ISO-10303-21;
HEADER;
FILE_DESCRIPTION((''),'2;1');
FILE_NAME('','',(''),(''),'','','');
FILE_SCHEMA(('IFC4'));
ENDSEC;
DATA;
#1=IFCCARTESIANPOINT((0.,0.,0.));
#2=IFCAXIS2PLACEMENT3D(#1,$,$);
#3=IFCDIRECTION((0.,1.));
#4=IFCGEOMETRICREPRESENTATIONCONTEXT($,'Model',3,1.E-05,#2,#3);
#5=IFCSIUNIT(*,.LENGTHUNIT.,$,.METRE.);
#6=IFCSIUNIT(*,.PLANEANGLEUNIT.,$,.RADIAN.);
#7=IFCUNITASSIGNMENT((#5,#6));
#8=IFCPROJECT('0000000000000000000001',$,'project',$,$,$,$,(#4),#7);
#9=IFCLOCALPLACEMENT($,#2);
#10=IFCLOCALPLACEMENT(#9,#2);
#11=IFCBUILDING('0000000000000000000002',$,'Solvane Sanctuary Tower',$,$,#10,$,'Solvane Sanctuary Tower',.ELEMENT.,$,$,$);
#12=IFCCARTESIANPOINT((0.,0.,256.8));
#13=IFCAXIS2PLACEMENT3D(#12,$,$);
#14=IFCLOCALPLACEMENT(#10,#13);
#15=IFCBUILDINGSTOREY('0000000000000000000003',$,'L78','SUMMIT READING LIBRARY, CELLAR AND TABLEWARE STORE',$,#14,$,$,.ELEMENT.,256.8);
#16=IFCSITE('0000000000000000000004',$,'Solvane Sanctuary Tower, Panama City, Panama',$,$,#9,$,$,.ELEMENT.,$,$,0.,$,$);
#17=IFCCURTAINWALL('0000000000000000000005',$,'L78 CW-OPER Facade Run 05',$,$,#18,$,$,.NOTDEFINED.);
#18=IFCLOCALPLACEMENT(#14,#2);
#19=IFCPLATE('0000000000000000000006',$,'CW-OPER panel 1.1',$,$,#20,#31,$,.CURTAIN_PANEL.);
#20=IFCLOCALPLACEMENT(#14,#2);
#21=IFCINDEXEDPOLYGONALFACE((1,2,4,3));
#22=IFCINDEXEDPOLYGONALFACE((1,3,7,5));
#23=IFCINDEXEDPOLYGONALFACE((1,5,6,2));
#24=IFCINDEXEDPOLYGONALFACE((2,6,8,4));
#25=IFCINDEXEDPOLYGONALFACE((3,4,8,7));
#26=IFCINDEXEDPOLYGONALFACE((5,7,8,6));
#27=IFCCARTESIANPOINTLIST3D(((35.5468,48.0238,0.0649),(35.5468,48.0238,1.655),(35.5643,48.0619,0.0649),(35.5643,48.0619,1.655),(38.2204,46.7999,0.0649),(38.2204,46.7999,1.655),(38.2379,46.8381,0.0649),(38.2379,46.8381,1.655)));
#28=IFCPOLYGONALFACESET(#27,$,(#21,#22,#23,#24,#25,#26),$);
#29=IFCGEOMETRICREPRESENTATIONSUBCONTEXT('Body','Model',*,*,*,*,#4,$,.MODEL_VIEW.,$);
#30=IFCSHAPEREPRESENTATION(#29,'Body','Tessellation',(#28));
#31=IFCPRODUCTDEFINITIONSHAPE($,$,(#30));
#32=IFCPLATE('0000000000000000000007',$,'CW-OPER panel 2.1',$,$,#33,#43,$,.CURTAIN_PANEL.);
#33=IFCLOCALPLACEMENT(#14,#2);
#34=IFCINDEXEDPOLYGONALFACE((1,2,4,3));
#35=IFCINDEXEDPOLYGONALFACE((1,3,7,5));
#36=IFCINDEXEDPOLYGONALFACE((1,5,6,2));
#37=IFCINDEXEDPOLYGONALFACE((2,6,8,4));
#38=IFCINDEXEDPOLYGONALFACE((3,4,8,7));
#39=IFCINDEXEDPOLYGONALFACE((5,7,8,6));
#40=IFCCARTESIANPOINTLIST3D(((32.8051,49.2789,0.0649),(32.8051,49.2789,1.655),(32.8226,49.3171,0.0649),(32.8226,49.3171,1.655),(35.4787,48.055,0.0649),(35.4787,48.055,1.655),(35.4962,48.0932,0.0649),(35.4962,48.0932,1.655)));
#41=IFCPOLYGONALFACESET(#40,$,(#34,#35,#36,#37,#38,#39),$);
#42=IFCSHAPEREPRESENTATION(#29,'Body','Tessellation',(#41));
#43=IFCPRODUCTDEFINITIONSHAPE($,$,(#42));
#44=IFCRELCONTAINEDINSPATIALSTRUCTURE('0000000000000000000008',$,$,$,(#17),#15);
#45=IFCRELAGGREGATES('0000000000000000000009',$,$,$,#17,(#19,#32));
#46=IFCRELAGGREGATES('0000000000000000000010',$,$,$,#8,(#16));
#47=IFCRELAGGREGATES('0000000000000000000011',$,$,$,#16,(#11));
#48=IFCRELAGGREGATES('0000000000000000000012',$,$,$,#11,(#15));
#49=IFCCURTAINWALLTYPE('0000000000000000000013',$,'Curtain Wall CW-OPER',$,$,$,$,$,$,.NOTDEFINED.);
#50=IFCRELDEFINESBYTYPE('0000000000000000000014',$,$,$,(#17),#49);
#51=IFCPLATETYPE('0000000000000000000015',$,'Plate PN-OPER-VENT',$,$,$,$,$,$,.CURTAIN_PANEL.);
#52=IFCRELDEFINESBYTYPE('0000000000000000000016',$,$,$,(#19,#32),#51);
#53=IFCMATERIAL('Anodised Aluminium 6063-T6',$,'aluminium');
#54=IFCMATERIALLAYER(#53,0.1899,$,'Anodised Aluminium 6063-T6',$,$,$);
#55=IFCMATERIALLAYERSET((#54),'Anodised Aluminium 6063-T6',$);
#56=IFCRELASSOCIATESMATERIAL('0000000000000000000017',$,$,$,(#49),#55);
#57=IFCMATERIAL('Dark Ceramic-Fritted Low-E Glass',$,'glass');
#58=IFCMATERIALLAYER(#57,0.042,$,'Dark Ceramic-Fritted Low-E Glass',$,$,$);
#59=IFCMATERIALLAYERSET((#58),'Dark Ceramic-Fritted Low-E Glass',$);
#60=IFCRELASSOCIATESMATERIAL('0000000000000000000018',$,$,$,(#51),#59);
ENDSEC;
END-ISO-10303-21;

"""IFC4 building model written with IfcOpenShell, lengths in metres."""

from ifc_helpers import new_model, si_unit, direction, frame, origin, origin_2d, place, context, subcontext, project, spatial, rectangle, extrude, material, layer, layer_set, type_object, element, aggregate, save


model = new_model("IFC4")

# Units and contexts
model_context = context("Model", 3, precision=1e-05, world=origin(), true_north=direction((0.0, 1.0)))
body_context = subcontext(model_context, "Body", "Model", "MODEL_VIEW")
ifc_project = project(units=[si_unit("LENGTHUNIT", "METRE"), si_unit("PLANEANGLEUNIT", "RADIAN")], contexts=[model_context])

# Site, building, storey
site_placement = place(None, origin())
site = spatial("IfcSite", under=ifc_project, at=site_placement, Name="Solvane Sanctuary Tower, Panama City, Panama", CompositionType="ELEMENT", RefElevation=0.0)
building_placement = place(site_placement, origin())
building = spatial("IfcBuilding", under=site, at=building_placement, Name="Solvane Sanctuary Tower", LongName="Solvane Sanctuary Tower", CompositionType="ELEMENT")
storey_placement = place(building_placement, frame((0.0, 0.0, 256.8)))
storey = spatial("IfcBuildingStorey", under=building, at=storey_placement, Name="L78", Description="SUMMIT READING LIBRARY, CELLAR AND TABLEWARE STORE", CompositionType="ELEMENT", Elevation=256.8)

# Curtain wall
ifc_material_1 = material(Name="Anodised Aluminium 6063-T6", Category="aluminium")
ifc_layer_1 = layer(ifc_material_1, 0.1899, Name="Anodised Aluminium 6063-T6")
ifc_layer_set_1 = layer_set([ifc_layer_1], Name="Anodised Aluminium 6063-T6")
curtain_wall_type = type_object("IfcCurtainWallType", Name="Curtain Wall CW-OPER", PredefinedType="NOTDEFINED", material=ifc_layer_set_1)
curtain_wall_1_placement = place(storey_placement, origin())
curtain_wall_1 = element("IfcCurtainWall", 1, at=curtain_wall_1_placement, inside=storey, type_object=curtain_wall_type, Name="L78 CW-OPER Facade Run 05", PredefinedType="NOTDEFINED")

# Plates
ifc_material_2 = material(Name="Dark Ceramic-Fritted Low-E Glass", Category="glass")
ifc_layer_2 = layer(ifc_material_2, 0.042, Name="Dark Ceramic-Fritted Low-E Glass")
ifc_layer_set_2 = layer_set([ifc_layer_2], Name="Dark Ceramic-Fritted Low-E Glass")
plate_type = type_object("IfcPlateType", Name="Plate PN-OPER-VENT", PredefinedType="CURTAIN_PANEL", material=ifc_layer_set_2)
plate_1_placement = place(storey_placement, frame((36.8923, 47.4309, 0.0649), z_axis=(0.0, 0.0, 1.0), x_axis=(-0.909262, 0.416225, 0.0)))
plate_1 = element("IfcPlate", 2, at=plate_1_placement, type_object=plate_type, Name="CW-OPER panel 1.1", PredefinedType="CURTAIN_PANEL", context=body_context, shape_type="SweptSolid", body=[
    extrude(rectangle(XDim=2.9404, YDim=0.042, at=origin_2d()), origin(), (0.0, 0.0, 1.0), 1.5901),
])
plate_2_placement = place(storey_placement, frame((34.1506, 48.686, 0.0649), z_axis=(0.0, 0.0, 1.0), x_axis=(-0.909262, 0.416225, 0.0)))
plate_2 = element("IfcPlate", 3, at=plate_2_placement, type_object=plate_type, Name="CW-OPER panel 2.1", PredefinedType="CURTAIN_PANEL", context=body_context, shape_type="SweptSolid", body=[
    extrude(rectangle(XDim=2.9404, YDim=0.042, at=origin_2d()), origin(), (0.0, 0.0, 1.0), 1.5901),
])
aggregate(curtain_wall_1, [plate_1, plate_2])

save(model, "model.ifc")
